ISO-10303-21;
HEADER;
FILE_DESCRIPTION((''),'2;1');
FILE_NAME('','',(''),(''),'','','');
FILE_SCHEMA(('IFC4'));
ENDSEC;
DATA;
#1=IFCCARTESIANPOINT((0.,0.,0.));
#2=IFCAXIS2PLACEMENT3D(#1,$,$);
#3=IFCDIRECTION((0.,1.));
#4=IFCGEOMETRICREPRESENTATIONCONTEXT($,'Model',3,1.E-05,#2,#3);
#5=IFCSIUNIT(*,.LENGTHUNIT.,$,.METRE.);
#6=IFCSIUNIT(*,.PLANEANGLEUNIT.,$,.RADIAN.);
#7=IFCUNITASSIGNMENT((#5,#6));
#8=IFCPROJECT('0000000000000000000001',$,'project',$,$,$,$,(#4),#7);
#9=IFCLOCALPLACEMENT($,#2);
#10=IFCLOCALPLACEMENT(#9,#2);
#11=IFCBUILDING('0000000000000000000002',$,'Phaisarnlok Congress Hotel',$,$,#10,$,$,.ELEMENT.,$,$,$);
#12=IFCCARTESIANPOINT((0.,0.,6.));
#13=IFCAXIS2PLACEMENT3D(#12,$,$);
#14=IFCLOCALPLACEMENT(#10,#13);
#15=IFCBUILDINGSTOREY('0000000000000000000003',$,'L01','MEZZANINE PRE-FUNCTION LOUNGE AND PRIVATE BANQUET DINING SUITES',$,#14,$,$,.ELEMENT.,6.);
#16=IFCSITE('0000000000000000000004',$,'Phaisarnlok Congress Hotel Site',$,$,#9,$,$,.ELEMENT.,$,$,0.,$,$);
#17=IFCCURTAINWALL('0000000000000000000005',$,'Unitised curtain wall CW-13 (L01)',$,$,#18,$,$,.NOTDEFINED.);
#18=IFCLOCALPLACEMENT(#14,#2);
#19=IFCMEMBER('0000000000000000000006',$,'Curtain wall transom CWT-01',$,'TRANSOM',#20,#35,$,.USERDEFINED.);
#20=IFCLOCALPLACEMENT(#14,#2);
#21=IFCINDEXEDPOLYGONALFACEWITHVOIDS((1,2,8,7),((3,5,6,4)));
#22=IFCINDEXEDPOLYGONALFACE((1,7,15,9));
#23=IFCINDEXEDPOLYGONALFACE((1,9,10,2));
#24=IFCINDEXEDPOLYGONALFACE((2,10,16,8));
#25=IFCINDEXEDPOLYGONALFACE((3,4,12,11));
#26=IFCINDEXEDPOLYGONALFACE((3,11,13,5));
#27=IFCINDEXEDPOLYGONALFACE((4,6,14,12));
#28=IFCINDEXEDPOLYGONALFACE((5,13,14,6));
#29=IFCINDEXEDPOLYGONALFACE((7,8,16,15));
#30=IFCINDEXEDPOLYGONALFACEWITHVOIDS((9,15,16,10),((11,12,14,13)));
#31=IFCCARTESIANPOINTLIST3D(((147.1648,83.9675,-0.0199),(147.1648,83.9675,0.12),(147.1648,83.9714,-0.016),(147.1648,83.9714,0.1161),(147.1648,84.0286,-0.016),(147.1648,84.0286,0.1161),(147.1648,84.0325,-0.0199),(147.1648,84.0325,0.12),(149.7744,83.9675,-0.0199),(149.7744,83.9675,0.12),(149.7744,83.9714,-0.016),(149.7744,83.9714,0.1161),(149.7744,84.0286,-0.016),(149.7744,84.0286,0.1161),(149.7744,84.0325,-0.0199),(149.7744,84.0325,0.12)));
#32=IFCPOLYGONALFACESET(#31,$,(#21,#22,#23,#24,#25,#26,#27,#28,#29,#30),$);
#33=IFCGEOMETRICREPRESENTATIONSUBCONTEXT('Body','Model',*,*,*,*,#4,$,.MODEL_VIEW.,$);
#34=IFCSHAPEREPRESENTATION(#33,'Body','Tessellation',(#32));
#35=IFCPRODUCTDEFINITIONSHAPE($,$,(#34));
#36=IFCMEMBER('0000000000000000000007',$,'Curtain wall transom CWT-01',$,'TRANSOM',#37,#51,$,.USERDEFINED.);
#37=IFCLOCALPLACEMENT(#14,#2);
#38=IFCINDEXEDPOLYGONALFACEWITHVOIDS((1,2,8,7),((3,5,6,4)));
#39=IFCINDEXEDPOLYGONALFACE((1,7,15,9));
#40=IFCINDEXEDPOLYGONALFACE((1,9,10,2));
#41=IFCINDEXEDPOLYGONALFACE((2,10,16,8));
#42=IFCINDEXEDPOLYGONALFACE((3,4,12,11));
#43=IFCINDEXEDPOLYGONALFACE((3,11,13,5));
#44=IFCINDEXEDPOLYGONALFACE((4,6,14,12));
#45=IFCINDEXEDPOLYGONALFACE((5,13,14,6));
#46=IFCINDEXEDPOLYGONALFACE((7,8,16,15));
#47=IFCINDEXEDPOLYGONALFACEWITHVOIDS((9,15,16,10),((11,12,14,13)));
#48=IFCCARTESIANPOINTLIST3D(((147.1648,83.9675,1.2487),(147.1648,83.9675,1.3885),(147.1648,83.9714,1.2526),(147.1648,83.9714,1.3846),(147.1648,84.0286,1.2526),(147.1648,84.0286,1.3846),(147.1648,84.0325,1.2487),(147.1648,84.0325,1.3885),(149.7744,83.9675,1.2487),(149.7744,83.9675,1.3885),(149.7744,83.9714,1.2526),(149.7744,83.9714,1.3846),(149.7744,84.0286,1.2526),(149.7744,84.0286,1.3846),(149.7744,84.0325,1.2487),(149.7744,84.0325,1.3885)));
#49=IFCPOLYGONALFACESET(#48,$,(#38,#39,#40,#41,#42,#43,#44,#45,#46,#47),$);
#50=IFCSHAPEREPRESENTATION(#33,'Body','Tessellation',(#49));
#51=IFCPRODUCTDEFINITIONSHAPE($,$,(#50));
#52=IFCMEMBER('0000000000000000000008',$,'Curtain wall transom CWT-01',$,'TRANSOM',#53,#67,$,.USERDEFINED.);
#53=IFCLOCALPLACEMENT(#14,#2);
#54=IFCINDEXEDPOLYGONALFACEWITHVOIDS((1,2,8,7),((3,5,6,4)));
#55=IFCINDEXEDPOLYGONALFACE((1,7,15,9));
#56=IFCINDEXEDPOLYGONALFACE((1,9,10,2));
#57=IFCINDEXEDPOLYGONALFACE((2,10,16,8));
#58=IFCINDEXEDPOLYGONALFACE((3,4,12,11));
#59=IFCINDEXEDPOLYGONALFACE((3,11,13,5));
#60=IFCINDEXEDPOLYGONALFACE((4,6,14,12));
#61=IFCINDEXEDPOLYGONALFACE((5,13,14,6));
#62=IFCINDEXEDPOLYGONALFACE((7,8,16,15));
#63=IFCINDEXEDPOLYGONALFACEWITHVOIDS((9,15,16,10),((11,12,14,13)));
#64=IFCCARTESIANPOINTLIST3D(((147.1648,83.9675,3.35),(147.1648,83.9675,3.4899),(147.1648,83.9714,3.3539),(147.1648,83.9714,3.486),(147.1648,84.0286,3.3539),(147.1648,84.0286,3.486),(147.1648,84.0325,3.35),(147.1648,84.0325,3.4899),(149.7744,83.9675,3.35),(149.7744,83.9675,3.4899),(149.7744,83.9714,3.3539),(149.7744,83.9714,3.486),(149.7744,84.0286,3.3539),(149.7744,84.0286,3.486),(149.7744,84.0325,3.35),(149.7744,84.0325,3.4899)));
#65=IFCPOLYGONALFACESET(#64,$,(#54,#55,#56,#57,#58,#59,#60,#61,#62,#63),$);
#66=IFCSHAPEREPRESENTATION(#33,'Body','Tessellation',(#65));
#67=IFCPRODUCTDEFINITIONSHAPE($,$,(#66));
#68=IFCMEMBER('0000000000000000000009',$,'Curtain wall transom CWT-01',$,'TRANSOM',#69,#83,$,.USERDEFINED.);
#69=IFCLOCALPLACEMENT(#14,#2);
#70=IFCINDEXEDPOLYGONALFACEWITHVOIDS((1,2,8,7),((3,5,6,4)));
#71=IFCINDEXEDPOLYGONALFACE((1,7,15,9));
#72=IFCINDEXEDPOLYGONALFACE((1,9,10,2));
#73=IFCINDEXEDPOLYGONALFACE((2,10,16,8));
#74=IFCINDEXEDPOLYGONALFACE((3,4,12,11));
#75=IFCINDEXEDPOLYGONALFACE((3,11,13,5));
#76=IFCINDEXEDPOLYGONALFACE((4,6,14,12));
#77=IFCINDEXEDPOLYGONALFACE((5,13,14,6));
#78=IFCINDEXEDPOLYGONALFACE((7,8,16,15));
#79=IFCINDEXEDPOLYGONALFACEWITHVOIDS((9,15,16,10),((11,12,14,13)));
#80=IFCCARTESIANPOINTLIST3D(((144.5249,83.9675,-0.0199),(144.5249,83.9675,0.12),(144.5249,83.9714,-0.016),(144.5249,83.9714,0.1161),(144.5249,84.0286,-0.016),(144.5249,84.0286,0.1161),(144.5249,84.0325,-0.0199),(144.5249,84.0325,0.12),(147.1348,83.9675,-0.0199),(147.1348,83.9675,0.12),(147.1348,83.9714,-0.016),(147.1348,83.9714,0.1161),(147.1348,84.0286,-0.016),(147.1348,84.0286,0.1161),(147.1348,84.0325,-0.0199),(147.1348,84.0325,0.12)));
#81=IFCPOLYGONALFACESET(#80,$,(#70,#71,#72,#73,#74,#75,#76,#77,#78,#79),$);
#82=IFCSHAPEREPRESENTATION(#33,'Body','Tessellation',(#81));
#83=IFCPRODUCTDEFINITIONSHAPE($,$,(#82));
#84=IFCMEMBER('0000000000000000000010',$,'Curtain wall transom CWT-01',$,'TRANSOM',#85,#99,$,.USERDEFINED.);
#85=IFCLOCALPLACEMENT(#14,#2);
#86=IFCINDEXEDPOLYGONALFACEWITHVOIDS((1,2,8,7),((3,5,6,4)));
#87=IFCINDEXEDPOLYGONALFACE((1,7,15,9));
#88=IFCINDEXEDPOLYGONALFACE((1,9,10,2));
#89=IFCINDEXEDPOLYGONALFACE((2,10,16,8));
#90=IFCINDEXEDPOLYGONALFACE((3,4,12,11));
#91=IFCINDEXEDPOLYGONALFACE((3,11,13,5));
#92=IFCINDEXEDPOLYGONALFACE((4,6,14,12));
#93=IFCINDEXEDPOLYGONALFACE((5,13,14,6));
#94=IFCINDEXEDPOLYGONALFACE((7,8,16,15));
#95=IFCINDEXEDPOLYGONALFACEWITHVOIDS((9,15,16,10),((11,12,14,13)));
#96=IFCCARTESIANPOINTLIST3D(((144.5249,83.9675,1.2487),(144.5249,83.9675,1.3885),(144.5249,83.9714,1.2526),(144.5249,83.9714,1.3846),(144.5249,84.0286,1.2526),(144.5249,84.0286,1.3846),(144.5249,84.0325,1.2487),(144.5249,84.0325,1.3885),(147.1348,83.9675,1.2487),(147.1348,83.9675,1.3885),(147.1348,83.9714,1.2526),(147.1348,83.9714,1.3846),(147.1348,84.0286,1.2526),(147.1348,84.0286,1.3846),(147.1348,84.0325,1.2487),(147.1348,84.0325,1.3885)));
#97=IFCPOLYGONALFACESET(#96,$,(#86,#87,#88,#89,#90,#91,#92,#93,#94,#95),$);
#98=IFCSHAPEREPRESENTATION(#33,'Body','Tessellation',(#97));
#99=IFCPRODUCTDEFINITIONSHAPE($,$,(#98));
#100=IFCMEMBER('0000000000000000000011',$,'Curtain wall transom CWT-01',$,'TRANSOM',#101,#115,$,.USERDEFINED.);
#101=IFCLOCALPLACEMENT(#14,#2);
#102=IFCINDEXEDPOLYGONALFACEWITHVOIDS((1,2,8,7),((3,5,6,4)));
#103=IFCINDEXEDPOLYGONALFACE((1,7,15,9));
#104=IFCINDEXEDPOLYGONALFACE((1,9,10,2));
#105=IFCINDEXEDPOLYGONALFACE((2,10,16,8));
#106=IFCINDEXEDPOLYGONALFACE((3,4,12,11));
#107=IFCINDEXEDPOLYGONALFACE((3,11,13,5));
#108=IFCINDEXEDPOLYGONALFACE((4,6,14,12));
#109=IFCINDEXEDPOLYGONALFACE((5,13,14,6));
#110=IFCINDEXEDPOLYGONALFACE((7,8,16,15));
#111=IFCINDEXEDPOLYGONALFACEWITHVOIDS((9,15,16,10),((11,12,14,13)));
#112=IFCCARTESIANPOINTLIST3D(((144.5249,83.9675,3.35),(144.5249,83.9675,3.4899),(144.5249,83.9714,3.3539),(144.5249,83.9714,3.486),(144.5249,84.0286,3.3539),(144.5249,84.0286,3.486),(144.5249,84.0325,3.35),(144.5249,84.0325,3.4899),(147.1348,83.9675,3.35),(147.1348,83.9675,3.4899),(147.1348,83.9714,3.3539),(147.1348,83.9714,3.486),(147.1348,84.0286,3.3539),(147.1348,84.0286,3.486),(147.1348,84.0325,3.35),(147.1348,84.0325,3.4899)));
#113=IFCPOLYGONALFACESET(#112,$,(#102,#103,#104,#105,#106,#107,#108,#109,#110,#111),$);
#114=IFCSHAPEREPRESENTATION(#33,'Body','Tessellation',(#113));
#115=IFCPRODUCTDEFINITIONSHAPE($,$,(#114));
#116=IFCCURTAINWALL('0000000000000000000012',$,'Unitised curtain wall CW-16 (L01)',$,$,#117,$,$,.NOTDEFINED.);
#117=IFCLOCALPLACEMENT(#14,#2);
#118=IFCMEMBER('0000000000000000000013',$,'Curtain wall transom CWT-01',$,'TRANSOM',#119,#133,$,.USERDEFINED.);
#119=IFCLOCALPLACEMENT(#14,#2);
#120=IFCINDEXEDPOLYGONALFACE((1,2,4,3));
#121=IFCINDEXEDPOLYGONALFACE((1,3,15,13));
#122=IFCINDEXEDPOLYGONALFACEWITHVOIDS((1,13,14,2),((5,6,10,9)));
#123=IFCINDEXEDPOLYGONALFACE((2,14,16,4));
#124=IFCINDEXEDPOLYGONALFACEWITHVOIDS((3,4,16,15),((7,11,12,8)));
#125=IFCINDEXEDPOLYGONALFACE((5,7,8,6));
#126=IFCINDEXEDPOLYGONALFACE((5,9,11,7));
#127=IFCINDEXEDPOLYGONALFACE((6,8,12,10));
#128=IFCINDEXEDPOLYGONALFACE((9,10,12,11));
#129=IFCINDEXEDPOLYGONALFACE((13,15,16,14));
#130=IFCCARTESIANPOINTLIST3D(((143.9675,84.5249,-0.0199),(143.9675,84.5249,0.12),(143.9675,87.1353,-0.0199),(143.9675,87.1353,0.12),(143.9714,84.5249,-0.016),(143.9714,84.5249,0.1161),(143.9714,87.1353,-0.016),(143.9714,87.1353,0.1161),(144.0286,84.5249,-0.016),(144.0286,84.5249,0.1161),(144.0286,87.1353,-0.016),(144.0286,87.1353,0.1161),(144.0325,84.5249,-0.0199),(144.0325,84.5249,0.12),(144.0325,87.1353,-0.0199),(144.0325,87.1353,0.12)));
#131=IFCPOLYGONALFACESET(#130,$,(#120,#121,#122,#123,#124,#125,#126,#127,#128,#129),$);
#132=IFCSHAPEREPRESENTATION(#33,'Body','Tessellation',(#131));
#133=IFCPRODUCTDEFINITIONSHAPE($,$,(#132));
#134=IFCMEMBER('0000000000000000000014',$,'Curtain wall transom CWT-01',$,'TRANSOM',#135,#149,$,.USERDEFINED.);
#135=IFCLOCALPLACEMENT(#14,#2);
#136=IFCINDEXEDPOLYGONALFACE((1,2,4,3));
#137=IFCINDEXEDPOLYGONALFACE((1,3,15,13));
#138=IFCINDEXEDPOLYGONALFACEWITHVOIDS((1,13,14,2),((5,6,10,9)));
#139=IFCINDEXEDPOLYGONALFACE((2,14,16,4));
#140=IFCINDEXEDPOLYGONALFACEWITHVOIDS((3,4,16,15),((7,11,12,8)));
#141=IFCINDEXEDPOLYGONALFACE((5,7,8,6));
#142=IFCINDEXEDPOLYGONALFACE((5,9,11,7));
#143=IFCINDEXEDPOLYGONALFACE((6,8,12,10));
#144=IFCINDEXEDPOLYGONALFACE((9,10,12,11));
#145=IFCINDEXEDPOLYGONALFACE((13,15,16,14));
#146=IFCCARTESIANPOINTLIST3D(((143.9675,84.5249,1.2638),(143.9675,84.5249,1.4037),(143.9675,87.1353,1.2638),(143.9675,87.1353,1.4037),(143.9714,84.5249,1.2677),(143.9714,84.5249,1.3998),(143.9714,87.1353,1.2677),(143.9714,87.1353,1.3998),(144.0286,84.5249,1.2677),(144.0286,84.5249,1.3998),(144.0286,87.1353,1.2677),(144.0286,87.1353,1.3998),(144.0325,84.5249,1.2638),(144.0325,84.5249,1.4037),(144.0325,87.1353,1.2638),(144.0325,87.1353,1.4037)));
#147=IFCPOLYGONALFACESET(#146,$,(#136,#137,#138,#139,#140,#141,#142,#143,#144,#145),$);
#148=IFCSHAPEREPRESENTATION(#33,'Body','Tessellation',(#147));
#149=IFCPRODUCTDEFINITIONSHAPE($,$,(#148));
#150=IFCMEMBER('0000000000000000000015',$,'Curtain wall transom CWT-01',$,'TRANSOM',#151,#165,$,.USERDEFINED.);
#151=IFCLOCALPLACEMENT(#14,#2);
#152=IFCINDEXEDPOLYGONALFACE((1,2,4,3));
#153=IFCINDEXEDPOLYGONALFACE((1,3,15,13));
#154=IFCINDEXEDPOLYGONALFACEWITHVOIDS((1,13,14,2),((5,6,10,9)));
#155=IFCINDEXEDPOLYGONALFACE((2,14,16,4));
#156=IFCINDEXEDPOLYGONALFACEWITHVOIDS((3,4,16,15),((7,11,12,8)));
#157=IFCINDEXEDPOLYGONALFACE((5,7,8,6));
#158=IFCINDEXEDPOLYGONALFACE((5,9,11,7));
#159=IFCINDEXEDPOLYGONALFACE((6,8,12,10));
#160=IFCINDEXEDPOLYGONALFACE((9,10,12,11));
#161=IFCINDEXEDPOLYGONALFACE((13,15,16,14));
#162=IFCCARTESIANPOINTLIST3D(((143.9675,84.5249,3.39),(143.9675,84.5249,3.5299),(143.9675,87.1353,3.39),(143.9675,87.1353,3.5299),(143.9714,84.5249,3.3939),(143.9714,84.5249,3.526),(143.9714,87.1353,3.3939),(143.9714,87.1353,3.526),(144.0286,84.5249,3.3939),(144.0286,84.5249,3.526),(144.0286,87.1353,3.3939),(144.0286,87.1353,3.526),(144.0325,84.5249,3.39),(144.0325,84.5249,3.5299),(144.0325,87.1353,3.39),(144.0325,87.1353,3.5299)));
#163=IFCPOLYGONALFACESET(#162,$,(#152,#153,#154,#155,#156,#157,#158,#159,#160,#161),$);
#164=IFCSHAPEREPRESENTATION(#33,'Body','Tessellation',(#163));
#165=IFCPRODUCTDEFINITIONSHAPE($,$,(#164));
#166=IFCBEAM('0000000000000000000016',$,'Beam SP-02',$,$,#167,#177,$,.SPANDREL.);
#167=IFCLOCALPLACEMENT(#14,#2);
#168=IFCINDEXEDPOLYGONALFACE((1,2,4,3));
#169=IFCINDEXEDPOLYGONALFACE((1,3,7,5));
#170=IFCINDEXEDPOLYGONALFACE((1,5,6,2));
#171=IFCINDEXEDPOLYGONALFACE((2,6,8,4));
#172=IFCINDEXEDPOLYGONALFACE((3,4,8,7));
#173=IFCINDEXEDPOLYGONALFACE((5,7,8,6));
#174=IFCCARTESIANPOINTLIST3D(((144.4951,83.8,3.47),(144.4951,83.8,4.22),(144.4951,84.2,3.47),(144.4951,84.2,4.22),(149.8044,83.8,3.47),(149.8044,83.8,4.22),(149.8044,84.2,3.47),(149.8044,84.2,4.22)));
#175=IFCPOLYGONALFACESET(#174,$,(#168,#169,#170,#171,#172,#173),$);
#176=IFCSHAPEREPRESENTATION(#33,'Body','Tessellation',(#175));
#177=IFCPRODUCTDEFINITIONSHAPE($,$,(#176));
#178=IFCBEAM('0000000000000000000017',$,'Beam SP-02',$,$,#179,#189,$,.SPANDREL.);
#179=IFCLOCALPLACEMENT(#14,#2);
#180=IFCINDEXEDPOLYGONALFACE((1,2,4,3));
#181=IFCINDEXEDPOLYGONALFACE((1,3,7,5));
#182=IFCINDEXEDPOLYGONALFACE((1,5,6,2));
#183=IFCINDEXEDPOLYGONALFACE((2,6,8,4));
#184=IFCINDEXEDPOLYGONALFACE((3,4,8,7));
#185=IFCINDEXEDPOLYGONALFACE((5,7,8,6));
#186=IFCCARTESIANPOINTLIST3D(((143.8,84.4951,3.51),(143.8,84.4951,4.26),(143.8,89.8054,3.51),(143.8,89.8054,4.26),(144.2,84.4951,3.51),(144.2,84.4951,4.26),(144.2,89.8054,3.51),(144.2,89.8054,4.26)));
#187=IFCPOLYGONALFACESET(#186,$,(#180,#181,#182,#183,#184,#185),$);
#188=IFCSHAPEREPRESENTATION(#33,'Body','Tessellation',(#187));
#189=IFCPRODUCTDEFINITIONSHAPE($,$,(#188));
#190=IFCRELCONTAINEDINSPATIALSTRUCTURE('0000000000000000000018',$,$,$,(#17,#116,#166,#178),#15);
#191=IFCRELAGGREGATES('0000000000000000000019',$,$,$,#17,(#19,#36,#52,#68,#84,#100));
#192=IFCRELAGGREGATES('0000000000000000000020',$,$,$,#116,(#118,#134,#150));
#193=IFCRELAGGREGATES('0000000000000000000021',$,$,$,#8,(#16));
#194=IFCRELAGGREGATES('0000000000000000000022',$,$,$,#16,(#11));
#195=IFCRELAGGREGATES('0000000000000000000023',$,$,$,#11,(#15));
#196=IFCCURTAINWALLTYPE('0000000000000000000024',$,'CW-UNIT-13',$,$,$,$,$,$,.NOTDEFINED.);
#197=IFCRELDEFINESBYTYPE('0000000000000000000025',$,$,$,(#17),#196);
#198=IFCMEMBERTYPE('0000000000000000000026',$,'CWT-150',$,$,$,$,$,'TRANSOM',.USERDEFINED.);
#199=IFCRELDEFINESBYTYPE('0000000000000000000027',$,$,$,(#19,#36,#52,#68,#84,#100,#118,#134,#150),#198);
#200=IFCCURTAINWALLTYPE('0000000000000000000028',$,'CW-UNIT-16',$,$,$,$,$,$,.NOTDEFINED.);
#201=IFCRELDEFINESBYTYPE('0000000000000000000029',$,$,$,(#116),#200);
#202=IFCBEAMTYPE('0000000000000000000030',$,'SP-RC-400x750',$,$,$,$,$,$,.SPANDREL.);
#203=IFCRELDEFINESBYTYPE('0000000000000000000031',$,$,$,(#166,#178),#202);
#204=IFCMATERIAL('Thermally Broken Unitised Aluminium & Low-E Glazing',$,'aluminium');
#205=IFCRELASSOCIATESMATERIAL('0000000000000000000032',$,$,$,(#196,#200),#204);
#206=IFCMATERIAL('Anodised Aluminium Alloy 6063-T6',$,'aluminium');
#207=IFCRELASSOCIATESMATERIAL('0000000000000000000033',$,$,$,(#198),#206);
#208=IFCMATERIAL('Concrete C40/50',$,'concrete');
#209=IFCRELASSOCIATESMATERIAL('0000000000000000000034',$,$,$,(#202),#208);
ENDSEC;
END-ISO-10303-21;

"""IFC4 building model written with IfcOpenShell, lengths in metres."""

from ifc_helpers import new_model, si_unit, direction, frame, origin, origin_2d, place, context, subcontext, project, spatial, rectangle, hollow_rectangle, extrude, material, material_profile, profile_set, type_object, element, aggregate, save


model = new_model("IFC4")

# Units and contexts
model_context = context("Model", 3, precision=1e-05, world=origin(), true_north=direction((0.0, 1.0)))
body_context = subcontext(model_context, "Body", "Model", "MODEL_VIEW")
ifc_project = project(units=[si_unit("LENGTHUNIT", "METRE"), si_unit("PLANEANGLEUNIT", "RADIAN")], contexts=[model_context])

# Site, building, storey
site_placement = place(None, origin())
site = spatial("IfcSite", under=ifc_project, at=site_placement, Name="Phaisarnlok Congress Hotel Site", CompositionType="ELEMENT", RefElevation=0.0)
building_placement = place(site_placement, origin())
building = spatial("IfcBuilding", under=site, at=building_placement, Name="Phaisarnlok Congress Hotel", CompositionType="ELEMENT")
storey_placement = place(building_placement, frame((0.0, 0.0, 6.0)))
storey = spatial("IfcBuildingStorey", under=building, at=storey_placement, Name="L01", Description="MEZZANINE PRE-FUNCTION LOUNGE AND PRIVATE BANQUET DINING SUITES", CompositionType="ELEMENT", Elevation=6.0)

# Shared definitions
ifc_material_1 = material(Name="Concrete C40/50", Category="concrete")

# Curtain walls, members
ifc_material_2 = material(Name="Thermally Broken Unitised Aluminium & Low-E Glazing", Category="aluminium")
curtain_wall_type_1 = type_object("IfcCurtainWallType", Name="CW-UNIT-13", PredefinedType="NOTDEFINED", material=ifc_material_2)
curtain_wall_1_placement = place(storey_placement, origin())
curtain_wall_1 = element("IfcCurtainWall", 1, at=curtain_wall_1_placement, inside=storey, type_object=curtain_wall_type_1, Name="Unitised curtain wall CW-13 (L01)", PredefinedType="NOTDEFINED")
ifc_material_3 = material(Name="Anodised Aluminium Alloy 6063-T6", Category="aluminium")
ifc_material_profile_1 = material_profile(ifc_material_3, hollow_rectangle(XDim=0.0649, YDim=0.1399, WallThickness=0.0039, at=origin_2d()), Name="ALU-T 65x140x4")
ifc_profile_set_1 = profile_set([ifc_material_profile_1], Name="Anodised Aluminium Alloy 6063-T6")
member_type_1 = type_object("IfcMemberType", Name="CWT-150", ElementType="TRANSOM", PredefinedType="USERDEFINED", material=ifc_profile_set_1)
member_1_placement = place(storey_placement, frame((149.7744, 84.0, 0.05), z_axis=(-1.0, 0.0, 0.0), x_axis=(0.0, -1.0, 0.0)))
member_1 = element("IfcMember", 2, at=member_1_placement, type_object=member_type_1, Name="Curtain wall transom CWT-01", ObjectType="TRANSOM", PredefinedType="USERDEFINED", context=body_context, shape_type="SweptSolid", body=[
    extrude(hollow_rectangle(XDim=0.0649, YDim=0.1399, WallThickness=0.0039, at=origin_2d()), origin(), (0.0, 0.0, 1.0), 2.6096),
])
member_2_placement = place(storey_placement, frame((149.7744, 84.0, 1.3186), z_axis=(-1.0, 0.0, 0.0), x_axis=(0.0, -1.0, 0.0)))
member_2 = element("IfcMember", 3, at=member_2_placement, type_object=member_type_1, Name="Curtain wall transom CWT-01", ObjectType="TRANSOM", PredefinedType="USERDEFINED", context=body_context, shape_type="SweptSolid", body=[
    extrude(hollow_rectangle(XDim=0.0649, YDim=0.1399, WallThickness=0.0039, at=origin_2d()), origin(), (0.0, 0.0, 1.0), 2.6096),
])
member_3_placement = place(storey_placement, frame((149.7744, 84.0, 3.4199), z_axis=(-1.0, 0.0, 0.0), x_axis=(0.0, -1.0, 0.0)))
member_3 = element("IfcMember", 4, at=member_3_placement, type_object=member_type_1, Name="Curtain wall transom CWT-01", ObjectType="TRANSOM", PredefinedType="USERDEFINED", context=body_context, shape_type="SweptSolid", body=[
    extrude(hollow_rectangle(XDim=0.0649, YDim=0.1399, WallThickness=0.0039, at=origin_2d()), origin(), (0.0, 0.0, 1.0), 2.6096),
])
member_4_placement = place(storey_placement, frame((147.1348, 84.0, 0.05), z_axis=(-1.0, 0.0, 0.0), x_axis=(0.0, -1.0, 0.0)))
member_4 = element("IfcMember", 5, at=member_4_placement, type_object=member_type_1, Name="Curtain wall transom CWT-01", ObjectType="TRANSOM", PredefinedType="USERDEFINED", context=body_context, shape_type="SweptSolid", body=[
    extrude(hollow_rectangle(XDim=0.0649, YDim=0.1399, WallThickness=0.0039, at=origin_2d()), origin(), (0.0, 0.0, 1.0), 2.6099),
])
member_5_placement = place(storey_placement, frame((147.1348, 84.0, 1.3186), z_axis=(-1.0, 0.0, 0.0), x_axis=(0.0, -1.0, 0.0)))
member_5 = element("IfcMember", 6, at=member_5_placement, type_object=member_type_1, Name="Curtain wall transom CWT-01", ObjectType="TRANSOM", PredefinedType="USERDEFINED", context=body_context, shape_type="SweptSolid", body=[
    extrude(hollow_rectangle(XDim=0.0649, YDim=0.1399, WallThickness=0.0039, at=origin_2d()), origin(), (0.0, 0.0, 1.0), 2.6099),
])
member_6_placement = place(storey_placement, frame((147.1348, 84.0, 3.4199), z_axis=(-1.0, 0.0, 0.0), x_axis=(0.0, -1.0, 0.0)))
member_6 = element("IfcMember", 7, at=member_6_placement, type_object=member_type_1, Name="Curtain wall transom CWT-01", ObjectType="TRANSOM", PredefinedType="USERDEFINED", context=body_context, shape_type="SweptSolid", body=[
    extrude(hollow_rectangle(XDim=0.0649, YDim=0.1399, WallThickness=0.0039, at=origin_2d()), origin(), (0.0, 0.0, 1.0), 2.6099),
])
curtain_wall_type_2 = type_object("IfcCurtainWallType", Name="CW-UNIT-16", PredefinedType="NOTDEFINED", material=ifc_material_2)
curtain_wall_2_placement = place(storey_placement, origin())
curtain_wall_2 = element("IfcCurtainWall", 8, at=curtain_wall_2_placement, inside=storey, type_object=curtain_wall_type_2, Name="Unitised curtain wall CW-16 (L01)", PredefinedType="NOTDEFINED")
member_7_placement = place(storey_placement, frame((144.0, 84.5249, 0.05), z_axis=(0.0, 1.0, 0.0), x_axis=(-1.0, 0.0, 0.0)))
member_7 = element("IfcMember", 9, at=member_7_placement, type_object=member_type_1, Name="Curtain wall transom CWT-01", ObjectType="TRANSOM", PredefinedType="USERDEFINED", context=body_context, shape_type="SweptSolid", body=[
    extrude(hollow_rectangle(XDim=0.0649, YDim=0.1399, WallThickness=0.0039, at=origin_2d()), origin(), (0.0, 0.0, 1.0), 2.6104),
])
member_8_placement = place(storey_placement, frame((144.0, 84.5249, 1.3337), z_axis=(0.0, 1.0, 0.0), x_axis=(-1.0, 0.0, 0.0)))
member_8 = element("IfcMember", 10, at=member_8_placement, type_object=member_type_1, Name="Curtain wall transom CWT-01", ObjectType="TRANSOM", PredefinedType="USERDEFINED", context=body_context, shape_type="SweptSolid", body=[
    extrude(hollow_rectangle(XDim=0.0649, YDim=0.1399, WallThickness=0.0039, at=origin_2d()), origin(), (0.0, 0.0, 1.0), 2.6104),
])
member_9_placement = place(storey_placement, frame((144.0, 84.5249, 3.46), z_axis=(0.0, 1.0, 0.0), x_axis=(-1.0, 0.0, 0.0)))
member_9 = element("IfcMember", 11, at=member_9_placement, type_object=member_type_1, Name="Curtain wall transom CWT-01", ObjectType="TRANSOM", PredefinedType="USERDEFINED", context=body_context, shape_type="SweptSolid", body=[
    extrude(hollow_rectangle(XDim=0.0649, YDim=0.1399, WallThickness=0.0039, at=origin_2d()), origin(), (0.0, 0.0, 1.0), 2.6104),
])

# Beams
ifc_material_profile_2 = material_profile(ifc_material_1, rectangle(XDim=0.3999, YDim=0.75, at=origin_2d()), Name="RC 400x750")
ifc_profile_set_2 = profile_set([ifc_material_profile_2], Name="Concrete C40/50")
beam_type_1 = type_object("IfcBeamType", Name="SP-RC-400x750", PredefinedType="SPANDREL", material=ifc_profile_set_2)
beam_1_placement = place(storey_placement, frame((144.4951, 84.0, 3.845), z_axis=(1.0, 0.0, 0.0), x_axis=(0.0, 1.0, 0.0)))
element("IfcBeam", 12, at=beam_1_placement, inside=storey, type_object=beam_type_1, Name="Beam SP-02", PredefinedType="SPANDREL", context=body_context, shape_type="SweptSolid", body=[
    extrude(rectangle(XDim=0.3999, YDim=0.75, at=origin_2d()), origin(), (0.0, 0.0, 1.0), 5.3093),
])
beam_2_placement = place(storey_placement, frame((144.0, 84.4951, 3.885), z_axis=(0.0, 1.0, 0.0), x_axis=(-1.0, 0.0, 0.0)))
element("IfcBeam", 13, at=beam_2_placement, inside=storey, type_object=beam_type_1, Name="Beam SP-02", PredefinedType="SPANDREL", context=body_context, shape_type="SweptSolid", body=[
    extrude(rectangle(XDim=0.3999, YDim=0.75, at=origin_2d()), origin(), (0.0, 0.0, 1.0), 5.3103),
])

aggregate(curtain_wall_1, [member_1, member_2, member_3, member_4, member_5, member_6])
aggregate(curtain_wall_2, [member_7, member_8, member_9])

save(model, "model.ifc")
